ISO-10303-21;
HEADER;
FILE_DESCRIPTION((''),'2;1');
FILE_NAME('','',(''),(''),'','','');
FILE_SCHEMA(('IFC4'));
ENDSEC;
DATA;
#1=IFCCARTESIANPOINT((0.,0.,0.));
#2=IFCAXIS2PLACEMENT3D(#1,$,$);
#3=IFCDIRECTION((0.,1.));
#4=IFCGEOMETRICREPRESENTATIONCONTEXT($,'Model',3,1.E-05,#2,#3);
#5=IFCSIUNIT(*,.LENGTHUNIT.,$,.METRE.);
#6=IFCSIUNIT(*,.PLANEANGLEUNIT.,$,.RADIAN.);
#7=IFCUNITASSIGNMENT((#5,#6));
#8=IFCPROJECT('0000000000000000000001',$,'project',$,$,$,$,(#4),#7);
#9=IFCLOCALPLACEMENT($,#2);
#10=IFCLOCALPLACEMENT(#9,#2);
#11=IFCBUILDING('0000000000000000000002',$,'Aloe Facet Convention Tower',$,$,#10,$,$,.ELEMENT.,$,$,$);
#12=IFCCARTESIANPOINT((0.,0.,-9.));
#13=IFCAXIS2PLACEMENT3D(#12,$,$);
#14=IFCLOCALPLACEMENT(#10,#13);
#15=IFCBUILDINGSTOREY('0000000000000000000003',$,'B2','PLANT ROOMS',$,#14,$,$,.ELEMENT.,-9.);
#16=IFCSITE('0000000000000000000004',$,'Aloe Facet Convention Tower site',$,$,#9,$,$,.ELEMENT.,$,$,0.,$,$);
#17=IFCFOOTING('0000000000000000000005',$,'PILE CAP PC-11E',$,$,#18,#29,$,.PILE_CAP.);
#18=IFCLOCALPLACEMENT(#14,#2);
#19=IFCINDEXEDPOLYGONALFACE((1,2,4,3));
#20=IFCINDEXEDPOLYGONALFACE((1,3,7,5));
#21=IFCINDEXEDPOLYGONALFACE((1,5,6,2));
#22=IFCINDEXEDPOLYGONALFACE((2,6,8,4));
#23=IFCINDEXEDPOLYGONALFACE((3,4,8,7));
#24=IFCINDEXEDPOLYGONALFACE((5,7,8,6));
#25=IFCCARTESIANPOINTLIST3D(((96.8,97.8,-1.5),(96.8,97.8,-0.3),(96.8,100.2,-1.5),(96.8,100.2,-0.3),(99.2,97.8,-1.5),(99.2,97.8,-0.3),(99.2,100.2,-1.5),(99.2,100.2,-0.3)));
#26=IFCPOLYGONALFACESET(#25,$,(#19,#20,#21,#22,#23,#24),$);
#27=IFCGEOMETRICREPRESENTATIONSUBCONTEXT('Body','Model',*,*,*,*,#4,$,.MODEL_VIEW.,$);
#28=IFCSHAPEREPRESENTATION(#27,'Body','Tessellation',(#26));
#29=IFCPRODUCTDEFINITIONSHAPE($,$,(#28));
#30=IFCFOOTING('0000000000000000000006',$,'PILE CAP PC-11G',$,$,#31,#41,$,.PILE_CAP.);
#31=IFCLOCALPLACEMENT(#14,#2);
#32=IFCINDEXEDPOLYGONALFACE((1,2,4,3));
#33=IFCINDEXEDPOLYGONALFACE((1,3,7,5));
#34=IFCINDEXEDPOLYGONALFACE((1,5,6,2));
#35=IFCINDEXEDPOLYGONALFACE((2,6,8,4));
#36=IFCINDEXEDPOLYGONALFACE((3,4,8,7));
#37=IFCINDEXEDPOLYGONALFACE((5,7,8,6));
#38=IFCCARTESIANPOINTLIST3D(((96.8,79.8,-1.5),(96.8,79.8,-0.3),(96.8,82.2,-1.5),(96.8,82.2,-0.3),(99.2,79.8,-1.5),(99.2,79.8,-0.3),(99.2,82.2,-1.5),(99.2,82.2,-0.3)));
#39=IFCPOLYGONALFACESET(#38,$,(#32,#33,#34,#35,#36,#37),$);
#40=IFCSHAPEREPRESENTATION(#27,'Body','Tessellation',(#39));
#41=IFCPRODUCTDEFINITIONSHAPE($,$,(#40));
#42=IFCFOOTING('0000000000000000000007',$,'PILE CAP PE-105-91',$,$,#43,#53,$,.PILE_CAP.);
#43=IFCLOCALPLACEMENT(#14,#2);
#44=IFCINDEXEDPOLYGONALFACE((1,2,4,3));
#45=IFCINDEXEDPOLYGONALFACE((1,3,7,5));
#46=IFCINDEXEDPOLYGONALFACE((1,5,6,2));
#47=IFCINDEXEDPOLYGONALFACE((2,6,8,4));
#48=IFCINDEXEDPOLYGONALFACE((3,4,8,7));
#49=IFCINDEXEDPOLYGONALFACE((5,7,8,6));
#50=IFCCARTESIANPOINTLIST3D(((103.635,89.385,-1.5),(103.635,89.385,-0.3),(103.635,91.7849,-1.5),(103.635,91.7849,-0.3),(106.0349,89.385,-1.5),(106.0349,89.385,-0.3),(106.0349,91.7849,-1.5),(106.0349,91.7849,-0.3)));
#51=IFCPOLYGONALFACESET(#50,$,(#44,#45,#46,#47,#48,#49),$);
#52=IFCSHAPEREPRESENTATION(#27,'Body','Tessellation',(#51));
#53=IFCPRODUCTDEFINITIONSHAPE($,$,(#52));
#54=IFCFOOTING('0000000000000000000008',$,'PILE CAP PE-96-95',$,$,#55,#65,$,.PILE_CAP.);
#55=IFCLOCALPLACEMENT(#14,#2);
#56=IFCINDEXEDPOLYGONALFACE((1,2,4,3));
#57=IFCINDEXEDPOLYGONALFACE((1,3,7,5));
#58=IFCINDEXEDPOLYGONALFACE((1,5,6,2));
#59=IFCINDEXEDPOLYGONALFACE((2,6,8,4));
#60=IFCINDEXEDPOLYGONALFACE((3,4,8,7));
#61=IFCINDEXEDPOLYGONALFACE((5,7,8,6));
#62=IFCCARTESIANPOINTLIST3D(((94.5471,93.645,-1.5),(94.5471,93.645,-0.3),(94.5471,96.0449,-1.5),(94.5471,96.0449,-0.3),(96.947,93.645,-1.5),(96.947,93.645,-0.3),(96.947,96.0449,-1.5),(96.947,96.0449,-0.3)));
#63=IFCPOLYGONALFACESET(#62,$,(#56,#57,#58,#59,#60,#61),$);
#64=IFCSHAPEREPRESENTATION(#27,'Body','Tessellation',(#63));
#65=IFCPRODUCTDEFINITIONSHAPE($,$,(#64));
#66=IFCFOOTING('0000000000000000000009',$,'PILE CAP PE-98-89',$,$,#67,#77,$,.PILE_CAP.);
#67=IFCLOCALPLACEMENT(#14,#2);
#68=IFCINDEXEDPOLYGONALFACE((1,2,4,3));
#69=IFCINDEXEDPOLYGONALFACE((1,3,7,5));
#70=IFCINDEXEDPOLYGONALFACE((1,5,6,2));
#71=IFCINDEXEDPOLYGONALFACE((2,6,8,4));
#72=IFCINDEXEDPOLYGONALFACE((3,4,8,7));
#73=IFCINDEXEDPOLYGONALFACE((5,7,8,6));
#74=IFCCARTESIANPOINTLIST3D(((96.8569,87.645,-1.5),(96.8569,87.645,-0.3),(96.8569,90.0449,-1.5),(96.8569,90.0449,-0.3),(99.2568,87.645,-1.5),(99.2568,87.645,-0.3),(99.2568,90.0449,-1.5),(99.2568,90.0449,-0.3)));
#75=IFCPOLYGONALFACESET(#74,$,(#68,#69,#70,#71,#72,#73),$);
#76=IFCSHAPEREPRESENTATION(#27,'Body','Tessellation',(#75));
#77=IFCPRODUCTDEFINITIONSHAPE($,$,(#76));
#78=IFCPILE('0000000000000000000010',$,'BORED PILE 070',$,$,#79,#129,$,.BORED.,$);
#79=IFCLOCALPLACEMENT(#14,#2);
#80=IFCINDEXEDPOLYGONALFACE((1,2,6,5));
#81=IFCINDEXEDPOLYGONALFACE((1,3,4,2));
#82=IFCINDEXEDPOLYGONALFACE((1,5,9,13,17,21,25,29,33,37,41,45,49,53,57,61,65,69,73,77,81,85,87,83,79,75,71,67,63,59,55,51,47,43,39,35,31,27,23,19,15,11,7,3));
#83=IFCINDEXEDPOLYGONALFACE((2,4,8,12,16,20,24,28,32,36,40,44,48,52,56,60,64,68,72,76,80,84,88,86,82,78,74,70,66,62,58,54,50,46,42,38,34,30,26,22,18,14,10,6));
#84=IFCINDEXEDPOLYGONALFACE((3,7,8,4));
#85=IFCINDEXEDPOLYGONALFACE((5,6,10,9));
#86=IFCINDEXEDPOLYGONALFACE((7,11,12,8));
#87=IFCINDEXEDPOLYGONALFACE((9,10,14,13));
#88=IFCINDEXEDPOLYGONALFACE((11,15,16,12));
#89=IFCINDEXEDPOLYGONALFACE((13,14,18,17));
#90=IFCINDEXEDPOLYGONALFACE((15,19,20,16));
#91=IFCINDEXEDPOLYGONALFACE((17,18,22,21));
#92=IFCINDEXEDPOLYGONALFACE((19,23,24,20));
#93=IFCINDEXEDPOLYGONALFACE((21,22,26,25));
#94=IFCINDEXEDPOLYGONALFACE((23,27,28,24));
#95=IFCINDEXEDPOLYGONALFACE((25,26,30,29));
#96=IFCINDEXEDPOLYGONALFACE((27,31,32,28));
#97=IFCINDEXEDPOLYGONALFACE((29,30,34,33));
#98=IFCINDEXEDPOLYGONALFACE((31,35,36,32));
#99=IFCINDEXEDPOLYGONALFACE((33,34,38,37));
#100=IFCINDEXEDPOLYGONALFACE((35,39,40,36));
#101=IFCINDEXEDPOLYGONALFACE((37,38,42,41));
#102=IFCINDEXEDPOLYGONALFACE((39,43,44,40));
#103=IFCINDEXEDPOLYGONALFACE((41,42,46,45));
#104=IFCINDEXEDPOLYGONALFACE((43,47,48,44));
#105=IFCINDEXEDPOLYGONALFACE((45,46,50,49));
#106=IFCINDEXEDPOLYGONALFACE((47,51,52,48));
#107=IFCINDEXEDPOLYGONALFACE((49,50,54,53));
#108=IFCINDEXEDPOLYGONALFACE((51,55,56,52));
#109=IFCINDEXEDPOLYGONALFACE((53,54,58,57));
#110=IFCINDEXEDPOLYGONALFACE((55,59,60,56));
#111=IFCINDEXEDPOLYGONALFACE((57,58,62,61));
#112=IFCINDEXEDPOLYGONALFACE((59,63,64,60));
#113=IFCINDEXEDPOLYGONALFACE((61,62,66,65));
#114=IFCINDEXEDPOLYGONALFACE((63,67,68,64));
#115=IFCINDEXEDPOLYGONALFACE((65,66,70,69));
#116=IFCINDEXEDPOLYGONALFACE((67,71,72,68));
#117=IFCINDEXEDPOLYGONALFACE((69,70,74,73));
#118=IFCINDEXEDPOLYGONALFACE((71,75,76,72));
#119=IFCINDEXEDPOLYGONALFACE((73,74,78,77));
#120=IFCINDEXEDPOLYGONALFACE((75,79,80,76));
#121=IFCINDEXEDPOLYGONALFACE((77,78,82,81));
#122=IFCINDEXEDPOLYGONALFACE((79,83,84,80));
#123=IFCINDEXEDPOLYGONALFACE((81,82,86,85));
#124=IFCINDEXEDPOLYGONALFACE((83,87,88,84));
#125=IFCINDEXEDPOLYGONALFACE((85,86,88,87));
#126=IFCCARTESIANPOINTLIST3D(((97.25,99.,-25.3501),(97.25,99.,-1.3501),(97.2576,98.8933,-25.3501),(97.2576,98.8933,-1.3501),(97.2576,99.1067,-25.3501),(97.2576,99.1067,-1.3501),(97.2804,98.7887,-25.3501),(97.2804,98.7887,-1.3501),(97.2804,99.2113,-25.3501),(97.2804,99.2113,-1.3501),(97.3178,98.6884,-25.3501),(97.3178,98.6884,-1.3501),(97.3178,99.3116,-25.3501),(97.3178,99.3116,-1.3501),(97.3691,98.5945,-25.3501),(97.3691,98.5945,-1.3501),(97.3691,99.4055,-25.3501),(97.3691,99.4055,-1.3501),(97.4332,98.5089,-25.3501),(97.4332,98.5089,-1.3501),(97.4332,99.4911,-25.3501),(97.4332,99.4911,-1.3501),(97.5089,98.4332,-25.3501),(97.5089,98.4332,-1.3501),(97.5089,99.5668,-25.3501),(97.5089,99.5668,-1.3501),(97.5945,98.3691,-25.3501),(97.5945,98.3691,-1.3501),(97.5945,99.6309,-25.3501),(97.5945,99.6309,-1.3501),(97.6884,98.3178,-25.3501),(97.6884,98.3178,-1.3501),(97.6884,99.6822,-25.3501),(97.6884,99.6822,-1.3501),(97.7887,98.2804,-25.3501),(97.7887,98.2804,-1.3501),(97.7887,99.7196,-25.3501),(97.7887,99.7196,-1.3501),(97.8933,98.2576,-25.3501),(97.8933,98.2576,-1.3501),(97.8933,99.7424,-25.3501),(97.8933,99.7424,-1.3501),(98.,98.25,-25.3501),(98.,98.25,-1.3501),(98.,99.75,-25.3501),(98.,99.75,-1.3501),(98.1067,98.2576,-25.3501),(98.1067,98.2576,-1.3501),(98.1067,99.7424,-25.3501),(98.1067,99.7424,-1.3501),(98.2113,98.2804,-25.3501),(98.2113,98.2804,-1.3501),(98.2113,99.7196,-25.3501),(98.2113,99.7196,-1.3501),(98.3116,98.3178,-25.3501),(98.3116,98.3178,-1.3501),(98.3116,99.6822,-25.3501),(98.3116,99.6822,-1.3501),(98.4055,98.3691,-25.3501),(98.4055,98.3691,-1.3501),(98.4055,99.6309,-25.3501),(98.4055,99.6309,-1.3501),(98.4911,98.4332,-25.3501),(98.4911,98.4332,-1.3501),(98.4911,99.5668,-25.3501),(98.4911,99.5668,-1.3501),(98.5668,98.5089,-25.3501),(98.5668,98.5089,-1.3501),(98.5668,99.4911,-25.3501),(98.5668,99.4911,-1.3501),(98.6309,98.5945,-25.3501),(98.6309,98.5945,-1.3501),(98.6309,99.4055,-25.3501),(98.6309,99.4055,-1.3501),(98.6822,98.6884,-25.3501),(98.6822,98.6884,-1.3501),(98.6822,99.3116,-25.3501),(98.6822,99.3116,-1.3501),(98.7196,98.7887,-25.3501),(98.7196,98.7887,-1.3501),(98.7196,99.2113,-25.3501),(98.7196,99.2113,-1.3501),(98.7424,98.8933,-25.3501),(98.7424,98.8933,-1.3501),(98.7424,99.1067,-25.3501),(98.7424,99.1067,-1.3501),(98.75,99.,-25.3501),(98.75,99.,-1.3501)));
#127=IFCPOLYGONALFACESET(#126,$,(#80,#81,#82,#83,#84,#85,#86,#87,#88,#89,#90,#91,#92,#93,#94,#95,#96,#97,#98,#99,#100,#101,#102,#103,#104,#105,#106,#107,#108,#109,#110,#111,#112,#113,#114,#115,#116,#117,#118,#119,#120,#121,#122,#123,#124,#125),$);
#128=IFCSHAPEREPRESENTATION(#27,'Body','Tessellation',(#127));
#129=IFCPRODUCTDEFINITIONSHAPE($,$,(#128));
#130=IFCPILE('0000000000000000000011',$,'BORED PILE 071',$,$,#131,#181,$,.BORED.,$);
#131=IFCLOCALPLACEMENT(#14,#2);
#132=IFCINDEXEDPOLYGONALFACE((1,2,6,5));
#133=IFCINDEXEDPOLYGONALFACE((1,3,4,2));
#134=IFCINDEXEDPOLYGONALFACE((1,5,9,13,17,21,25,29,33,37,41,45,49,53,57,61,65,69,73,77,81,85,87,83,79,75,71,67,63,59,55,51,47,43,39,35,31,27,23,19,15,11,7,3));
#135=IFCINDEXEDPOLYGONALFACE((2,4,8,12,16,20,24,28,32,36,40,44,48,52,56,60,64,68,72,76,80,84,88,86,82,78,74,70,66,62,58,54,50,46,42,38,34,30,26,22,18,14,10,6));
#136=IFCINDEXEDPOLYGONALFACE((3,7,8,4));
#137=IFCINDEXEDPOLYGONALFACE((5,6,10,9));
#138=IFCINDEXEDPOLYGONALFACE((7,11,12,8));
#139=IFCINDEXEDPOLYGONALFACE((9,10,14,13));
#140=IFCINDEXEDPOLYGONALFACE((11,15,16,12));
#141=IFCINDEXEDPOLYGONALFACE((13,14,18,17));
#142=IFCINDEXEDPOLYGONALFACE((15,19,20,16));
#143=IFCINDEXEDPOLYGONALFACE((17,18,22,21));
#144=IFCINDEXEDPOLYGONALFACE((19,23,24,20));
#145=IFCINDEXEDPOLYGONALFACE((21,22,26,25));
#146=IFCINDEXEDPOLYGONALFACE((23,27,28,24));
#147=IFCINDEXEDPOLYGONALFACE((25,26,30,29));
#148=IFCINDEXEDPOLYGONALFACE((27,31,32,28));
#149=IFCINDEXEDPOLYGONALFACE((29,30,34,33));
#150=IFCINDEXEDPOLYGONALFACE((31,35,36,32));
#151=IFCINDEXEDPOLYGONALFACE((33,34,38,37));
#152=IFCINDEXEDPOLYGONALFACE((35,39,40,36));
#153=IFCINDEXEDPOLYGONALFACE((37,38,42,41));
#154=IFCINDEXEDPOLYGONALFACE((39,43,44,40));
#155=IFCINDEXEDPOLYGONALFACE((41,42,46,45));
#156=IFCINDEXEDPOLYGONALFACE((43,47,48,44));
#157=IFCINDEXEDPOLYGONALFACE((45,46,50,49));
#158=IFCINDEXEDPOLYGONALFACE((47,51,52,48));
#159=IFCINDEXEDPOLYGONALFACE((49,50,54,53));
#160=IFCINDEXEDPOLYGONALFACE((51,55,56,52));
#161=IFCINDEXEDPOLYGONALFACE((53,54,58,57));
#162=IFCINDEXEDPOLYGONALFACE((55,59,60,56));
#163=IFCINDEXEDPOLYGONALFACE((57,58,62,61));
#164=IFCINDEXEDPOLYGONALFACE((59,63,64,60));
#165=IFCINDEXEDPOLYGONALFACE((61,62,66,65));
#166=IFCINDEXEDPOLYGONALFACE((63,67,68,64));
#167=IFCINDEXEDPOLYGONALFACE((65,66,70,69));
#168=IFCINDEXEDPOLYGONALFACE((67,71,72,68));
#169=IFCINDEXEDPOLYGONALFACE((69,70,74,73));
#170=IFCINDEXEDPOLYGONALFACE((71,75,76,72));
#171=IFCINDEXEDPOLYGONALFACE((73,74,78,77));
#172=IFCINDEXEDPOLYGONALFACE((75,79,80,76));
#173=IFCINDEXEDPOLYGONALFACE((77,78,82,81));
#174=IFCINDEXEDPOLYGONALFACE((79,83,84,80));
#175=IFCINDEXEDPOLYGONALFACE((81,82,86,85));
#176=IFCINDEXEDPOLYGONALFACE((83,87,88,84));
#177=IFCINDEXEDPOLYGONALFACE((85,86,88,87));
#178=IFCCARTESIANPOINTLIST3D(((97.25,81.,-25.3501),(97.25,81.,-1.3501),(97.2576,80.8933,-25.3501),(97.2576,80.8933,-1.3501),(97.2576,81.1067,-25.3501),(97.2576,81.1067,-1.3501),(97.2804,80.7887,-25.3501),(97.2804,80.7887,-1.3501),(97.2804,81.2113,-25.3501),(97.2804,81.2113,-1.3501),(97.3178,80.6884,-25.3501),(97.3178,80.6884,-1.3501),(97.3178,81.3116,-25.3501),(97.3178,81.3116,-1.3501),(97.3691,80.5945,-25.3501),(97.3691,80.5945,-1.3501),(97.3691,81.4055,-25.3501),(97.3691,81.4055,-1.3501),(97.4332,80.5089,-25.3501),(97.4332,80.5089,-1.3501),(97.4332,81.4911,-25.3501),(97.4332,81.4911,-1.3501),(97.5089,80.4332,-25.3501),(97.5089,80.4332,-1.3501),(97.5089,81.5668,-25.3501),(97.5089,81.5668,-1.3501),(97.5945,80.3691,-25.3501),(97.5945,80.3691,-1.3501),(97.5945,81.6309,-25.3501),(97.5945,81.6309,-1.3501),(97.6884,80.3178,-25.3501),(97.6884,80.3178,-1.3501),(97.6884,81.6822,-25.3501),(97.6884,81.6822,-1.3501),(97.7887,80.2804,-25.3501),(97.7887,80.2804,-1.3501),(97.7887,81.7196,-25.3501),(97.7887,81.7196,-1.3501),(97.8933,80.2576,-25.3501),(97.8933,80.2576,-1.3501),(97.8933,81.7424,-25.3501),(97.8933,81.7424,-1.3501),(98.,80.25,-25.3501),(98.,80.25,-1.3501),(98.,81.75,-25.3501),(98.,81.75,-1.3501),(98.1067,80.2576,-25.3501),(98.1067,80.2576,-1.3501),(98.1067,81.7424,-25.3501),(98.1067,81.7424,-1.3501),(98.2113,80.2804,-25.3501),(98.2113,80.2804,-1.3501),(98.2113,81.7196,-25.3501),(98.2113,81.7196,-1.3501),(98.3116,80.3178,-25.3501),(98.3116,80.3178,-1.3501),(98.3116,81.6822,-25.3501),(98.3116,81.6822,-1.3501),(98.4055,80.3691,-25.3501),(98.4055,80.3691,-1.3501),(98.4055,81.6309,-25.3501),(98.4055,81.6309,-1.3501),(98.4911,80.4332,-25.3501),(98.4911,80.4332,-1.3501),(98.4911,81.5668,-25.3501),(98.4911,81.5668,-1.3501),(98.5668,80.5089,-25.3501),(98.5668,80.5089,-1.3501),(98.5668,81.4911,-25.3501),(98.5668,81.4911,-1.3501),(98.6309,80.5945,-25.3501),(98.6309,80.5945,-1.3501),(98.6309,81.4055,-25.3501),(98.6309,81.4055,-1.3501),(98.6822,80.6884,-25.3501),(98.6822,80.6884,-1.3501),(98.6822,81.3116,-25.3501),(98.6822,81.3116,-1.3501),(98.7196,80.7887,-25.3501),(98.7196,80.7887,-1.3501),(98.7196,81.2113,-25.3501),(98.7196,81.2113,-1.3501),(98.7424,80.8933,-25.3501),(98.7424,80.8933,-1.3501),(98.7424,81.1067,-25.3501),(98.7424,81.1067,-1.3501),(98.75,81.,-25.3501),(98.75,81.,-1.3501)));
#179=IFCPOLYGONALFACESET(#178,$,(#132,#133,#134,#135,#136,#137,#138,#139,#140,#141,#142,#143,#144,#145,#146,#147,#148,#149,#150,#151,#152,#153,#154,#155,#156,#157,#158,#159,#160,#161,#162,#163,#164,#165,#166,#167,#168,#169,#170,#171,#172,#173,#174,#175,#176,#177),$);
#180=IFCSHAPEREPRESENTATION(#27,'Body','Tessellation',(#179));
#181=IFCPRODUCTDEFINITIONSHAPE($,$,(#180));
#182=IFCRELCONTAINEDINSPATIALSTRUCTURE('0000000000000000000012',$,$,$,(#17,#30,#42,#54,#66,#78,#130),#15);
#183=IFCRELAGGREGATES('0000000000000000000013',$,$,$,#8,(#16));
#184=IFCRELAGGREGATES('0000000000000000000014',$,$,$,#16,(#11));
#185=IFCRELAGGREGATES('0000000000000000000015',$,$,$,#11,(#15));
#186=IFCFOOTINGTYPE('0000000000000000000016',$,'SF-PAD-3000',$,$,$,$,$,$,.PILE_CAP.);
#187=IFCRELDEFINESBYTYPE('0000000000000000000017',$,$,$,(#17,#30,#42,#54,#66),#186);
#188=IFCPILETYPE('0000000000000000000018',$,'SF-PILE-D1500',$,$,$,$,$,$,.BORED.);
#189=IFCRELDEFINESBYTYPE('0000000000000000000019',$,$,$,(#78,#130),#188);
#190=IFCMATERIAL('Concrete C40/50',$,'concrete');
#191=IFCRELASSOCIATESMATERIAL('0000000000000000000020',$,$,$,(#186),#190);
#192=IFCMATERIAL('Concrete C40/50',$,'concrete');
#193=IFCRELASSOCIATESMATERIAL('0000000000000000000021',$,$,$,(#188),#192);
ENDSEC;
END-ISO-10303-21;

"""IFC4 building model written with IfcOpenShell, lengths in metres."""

from ifc_helpers import new_model, si_unit, direction, frame, origin, origin_2d, place, context, subcontext, project, spatial, rectangle, circle, extrude, material, material_profile, profile_set, type_object, element, save


model = new_model("IFC4")

# Units and contexts
model_context = context("Model", 3, precision=1e-05, world=origin(), true_north=direction((0.0, 1.0)))
body_context = subcontext(model_context, "Body", "Model", "MODEL_VIEW")
ifc_project = project(units=[si_unit("LENGTHUNIT", "METRE"), si_unit("PLANEANGLEUNIT", "RADIAN")], contexts=[model_context])

# Site, building, storey
site_placement = place(None, origin())
site = spatial("IfcSite", under=ifc_project, at=site_placement, Name="Aloe Facet Convention Tower site", CompositionType="ELEMENT", RefElevation=0.0)
building_placement = place(site_placement, origin())
building = spatial("IfcBuilding", under=site, at=building_placement, Name="Aloe Facet Convention Tower", CompositionType="ELEMENT")
storey_placement = place(building_placement, frame((0.0, 0.0, -9.0)))
storey = spatial("IfcBuildingStorey", under=building, at=storey_placement, Name="B2", Description="PLANT ROOMS", CompositionType="ELEMENT", Elevation=-9.0)

# Footings
ifc_material_1 = material(Name="Concrete C40/50", Category="concrete")
footing_type = type_object("IfcFootingType", Name="SF-PAD-3000", PredefinedType="PILE_CAP", material=ifc_material_1)
for number, where, z_axis, x_axis, name in (
    (1, (98.0, 99.0, -1.5), (0.0, 0.0, 1.0), (1.0, 0.0, 0.0), "PILE CAP PC-11E"),
    (2, (98.0, 81.0, -1.5), (0.0, 0.0, 1.0), (1.0, 0.0, 0.0), "PILE CAP PC-11G"),
    (3, (104.835, 90.585, -1.5), (0.0, 0.0, 1.0), (1.0, 0.0, 0.0), "PILE CAP PE-105-91"),
    (4, (95.7471, 94.845, -1.5), (0.0, 0.0, 1.0), (1.0, 0.0, 0.0), "PILE CAP PE-96-95"),
    (5, (98.0569, 88.845, -1.5), (0.0, 0.0, 1.0), (1.0, 0.0, 0.0), "PILE CAP PE-98-89"),
):
    element("IfcFooting", number, at=place(storey_placement, frame(where, z_axis=z_axis, x_axis=x_axis)), inside=storey, type_object=footing_type, Name=name, PredefinedType="PILE_CAP", context=body_context, shape_type="SweptSolid", body=[
        extrude(rectangle(XDim=2.3999, YDim=2.3999, at=origin_2d()), origin(), (0.0, 0.0, 1.0), 1.2),
    ])

# Piles
ifc_material_2 = material(Name="Concrete C40/50", Category="concrete")
ifc_material_profile_1 = material_profile(ifc_material_2, circle(Radius=0.75, at=origin_2d()), Name="D1500")
ifc_profile_set_1 = profile_set([ifc_material_profile_1], Name="Concrete C40/50")
pile_type = type_object("IfcPileType", Name="SF-PILE-D1500", PredefinedType="BORED", material=ifc_profile_set_1)
for number, where, z_axis, x_axis, name in (
    (6, (98.0, 99.0, -1.3501), (0.0, 0.0, -1.0), (1.0, 0.0, 0.0), "BORED PILE 070"),
    (7, (98.0, 81.0, -1.3501), (0.0, 0.0, -1.0), (1.0, 0.0, 0.0), "BORED PILE 071"),
):
    element("IfcPile", number, at=place(storey_placement, frame(where, z_axis=z_axis, x_axis=x_axis)), inside=storey, type_object=pile_type, Name=name, PredefinedType="BORED", context=body_context, shape_type="SweptSolid", body=[
        extrude(circle(Radius=0.75, at=origin_2d()), origin(), (0.0, 0.0, 1.0), 24.0),
    ])

save(model, "model.ifc")
